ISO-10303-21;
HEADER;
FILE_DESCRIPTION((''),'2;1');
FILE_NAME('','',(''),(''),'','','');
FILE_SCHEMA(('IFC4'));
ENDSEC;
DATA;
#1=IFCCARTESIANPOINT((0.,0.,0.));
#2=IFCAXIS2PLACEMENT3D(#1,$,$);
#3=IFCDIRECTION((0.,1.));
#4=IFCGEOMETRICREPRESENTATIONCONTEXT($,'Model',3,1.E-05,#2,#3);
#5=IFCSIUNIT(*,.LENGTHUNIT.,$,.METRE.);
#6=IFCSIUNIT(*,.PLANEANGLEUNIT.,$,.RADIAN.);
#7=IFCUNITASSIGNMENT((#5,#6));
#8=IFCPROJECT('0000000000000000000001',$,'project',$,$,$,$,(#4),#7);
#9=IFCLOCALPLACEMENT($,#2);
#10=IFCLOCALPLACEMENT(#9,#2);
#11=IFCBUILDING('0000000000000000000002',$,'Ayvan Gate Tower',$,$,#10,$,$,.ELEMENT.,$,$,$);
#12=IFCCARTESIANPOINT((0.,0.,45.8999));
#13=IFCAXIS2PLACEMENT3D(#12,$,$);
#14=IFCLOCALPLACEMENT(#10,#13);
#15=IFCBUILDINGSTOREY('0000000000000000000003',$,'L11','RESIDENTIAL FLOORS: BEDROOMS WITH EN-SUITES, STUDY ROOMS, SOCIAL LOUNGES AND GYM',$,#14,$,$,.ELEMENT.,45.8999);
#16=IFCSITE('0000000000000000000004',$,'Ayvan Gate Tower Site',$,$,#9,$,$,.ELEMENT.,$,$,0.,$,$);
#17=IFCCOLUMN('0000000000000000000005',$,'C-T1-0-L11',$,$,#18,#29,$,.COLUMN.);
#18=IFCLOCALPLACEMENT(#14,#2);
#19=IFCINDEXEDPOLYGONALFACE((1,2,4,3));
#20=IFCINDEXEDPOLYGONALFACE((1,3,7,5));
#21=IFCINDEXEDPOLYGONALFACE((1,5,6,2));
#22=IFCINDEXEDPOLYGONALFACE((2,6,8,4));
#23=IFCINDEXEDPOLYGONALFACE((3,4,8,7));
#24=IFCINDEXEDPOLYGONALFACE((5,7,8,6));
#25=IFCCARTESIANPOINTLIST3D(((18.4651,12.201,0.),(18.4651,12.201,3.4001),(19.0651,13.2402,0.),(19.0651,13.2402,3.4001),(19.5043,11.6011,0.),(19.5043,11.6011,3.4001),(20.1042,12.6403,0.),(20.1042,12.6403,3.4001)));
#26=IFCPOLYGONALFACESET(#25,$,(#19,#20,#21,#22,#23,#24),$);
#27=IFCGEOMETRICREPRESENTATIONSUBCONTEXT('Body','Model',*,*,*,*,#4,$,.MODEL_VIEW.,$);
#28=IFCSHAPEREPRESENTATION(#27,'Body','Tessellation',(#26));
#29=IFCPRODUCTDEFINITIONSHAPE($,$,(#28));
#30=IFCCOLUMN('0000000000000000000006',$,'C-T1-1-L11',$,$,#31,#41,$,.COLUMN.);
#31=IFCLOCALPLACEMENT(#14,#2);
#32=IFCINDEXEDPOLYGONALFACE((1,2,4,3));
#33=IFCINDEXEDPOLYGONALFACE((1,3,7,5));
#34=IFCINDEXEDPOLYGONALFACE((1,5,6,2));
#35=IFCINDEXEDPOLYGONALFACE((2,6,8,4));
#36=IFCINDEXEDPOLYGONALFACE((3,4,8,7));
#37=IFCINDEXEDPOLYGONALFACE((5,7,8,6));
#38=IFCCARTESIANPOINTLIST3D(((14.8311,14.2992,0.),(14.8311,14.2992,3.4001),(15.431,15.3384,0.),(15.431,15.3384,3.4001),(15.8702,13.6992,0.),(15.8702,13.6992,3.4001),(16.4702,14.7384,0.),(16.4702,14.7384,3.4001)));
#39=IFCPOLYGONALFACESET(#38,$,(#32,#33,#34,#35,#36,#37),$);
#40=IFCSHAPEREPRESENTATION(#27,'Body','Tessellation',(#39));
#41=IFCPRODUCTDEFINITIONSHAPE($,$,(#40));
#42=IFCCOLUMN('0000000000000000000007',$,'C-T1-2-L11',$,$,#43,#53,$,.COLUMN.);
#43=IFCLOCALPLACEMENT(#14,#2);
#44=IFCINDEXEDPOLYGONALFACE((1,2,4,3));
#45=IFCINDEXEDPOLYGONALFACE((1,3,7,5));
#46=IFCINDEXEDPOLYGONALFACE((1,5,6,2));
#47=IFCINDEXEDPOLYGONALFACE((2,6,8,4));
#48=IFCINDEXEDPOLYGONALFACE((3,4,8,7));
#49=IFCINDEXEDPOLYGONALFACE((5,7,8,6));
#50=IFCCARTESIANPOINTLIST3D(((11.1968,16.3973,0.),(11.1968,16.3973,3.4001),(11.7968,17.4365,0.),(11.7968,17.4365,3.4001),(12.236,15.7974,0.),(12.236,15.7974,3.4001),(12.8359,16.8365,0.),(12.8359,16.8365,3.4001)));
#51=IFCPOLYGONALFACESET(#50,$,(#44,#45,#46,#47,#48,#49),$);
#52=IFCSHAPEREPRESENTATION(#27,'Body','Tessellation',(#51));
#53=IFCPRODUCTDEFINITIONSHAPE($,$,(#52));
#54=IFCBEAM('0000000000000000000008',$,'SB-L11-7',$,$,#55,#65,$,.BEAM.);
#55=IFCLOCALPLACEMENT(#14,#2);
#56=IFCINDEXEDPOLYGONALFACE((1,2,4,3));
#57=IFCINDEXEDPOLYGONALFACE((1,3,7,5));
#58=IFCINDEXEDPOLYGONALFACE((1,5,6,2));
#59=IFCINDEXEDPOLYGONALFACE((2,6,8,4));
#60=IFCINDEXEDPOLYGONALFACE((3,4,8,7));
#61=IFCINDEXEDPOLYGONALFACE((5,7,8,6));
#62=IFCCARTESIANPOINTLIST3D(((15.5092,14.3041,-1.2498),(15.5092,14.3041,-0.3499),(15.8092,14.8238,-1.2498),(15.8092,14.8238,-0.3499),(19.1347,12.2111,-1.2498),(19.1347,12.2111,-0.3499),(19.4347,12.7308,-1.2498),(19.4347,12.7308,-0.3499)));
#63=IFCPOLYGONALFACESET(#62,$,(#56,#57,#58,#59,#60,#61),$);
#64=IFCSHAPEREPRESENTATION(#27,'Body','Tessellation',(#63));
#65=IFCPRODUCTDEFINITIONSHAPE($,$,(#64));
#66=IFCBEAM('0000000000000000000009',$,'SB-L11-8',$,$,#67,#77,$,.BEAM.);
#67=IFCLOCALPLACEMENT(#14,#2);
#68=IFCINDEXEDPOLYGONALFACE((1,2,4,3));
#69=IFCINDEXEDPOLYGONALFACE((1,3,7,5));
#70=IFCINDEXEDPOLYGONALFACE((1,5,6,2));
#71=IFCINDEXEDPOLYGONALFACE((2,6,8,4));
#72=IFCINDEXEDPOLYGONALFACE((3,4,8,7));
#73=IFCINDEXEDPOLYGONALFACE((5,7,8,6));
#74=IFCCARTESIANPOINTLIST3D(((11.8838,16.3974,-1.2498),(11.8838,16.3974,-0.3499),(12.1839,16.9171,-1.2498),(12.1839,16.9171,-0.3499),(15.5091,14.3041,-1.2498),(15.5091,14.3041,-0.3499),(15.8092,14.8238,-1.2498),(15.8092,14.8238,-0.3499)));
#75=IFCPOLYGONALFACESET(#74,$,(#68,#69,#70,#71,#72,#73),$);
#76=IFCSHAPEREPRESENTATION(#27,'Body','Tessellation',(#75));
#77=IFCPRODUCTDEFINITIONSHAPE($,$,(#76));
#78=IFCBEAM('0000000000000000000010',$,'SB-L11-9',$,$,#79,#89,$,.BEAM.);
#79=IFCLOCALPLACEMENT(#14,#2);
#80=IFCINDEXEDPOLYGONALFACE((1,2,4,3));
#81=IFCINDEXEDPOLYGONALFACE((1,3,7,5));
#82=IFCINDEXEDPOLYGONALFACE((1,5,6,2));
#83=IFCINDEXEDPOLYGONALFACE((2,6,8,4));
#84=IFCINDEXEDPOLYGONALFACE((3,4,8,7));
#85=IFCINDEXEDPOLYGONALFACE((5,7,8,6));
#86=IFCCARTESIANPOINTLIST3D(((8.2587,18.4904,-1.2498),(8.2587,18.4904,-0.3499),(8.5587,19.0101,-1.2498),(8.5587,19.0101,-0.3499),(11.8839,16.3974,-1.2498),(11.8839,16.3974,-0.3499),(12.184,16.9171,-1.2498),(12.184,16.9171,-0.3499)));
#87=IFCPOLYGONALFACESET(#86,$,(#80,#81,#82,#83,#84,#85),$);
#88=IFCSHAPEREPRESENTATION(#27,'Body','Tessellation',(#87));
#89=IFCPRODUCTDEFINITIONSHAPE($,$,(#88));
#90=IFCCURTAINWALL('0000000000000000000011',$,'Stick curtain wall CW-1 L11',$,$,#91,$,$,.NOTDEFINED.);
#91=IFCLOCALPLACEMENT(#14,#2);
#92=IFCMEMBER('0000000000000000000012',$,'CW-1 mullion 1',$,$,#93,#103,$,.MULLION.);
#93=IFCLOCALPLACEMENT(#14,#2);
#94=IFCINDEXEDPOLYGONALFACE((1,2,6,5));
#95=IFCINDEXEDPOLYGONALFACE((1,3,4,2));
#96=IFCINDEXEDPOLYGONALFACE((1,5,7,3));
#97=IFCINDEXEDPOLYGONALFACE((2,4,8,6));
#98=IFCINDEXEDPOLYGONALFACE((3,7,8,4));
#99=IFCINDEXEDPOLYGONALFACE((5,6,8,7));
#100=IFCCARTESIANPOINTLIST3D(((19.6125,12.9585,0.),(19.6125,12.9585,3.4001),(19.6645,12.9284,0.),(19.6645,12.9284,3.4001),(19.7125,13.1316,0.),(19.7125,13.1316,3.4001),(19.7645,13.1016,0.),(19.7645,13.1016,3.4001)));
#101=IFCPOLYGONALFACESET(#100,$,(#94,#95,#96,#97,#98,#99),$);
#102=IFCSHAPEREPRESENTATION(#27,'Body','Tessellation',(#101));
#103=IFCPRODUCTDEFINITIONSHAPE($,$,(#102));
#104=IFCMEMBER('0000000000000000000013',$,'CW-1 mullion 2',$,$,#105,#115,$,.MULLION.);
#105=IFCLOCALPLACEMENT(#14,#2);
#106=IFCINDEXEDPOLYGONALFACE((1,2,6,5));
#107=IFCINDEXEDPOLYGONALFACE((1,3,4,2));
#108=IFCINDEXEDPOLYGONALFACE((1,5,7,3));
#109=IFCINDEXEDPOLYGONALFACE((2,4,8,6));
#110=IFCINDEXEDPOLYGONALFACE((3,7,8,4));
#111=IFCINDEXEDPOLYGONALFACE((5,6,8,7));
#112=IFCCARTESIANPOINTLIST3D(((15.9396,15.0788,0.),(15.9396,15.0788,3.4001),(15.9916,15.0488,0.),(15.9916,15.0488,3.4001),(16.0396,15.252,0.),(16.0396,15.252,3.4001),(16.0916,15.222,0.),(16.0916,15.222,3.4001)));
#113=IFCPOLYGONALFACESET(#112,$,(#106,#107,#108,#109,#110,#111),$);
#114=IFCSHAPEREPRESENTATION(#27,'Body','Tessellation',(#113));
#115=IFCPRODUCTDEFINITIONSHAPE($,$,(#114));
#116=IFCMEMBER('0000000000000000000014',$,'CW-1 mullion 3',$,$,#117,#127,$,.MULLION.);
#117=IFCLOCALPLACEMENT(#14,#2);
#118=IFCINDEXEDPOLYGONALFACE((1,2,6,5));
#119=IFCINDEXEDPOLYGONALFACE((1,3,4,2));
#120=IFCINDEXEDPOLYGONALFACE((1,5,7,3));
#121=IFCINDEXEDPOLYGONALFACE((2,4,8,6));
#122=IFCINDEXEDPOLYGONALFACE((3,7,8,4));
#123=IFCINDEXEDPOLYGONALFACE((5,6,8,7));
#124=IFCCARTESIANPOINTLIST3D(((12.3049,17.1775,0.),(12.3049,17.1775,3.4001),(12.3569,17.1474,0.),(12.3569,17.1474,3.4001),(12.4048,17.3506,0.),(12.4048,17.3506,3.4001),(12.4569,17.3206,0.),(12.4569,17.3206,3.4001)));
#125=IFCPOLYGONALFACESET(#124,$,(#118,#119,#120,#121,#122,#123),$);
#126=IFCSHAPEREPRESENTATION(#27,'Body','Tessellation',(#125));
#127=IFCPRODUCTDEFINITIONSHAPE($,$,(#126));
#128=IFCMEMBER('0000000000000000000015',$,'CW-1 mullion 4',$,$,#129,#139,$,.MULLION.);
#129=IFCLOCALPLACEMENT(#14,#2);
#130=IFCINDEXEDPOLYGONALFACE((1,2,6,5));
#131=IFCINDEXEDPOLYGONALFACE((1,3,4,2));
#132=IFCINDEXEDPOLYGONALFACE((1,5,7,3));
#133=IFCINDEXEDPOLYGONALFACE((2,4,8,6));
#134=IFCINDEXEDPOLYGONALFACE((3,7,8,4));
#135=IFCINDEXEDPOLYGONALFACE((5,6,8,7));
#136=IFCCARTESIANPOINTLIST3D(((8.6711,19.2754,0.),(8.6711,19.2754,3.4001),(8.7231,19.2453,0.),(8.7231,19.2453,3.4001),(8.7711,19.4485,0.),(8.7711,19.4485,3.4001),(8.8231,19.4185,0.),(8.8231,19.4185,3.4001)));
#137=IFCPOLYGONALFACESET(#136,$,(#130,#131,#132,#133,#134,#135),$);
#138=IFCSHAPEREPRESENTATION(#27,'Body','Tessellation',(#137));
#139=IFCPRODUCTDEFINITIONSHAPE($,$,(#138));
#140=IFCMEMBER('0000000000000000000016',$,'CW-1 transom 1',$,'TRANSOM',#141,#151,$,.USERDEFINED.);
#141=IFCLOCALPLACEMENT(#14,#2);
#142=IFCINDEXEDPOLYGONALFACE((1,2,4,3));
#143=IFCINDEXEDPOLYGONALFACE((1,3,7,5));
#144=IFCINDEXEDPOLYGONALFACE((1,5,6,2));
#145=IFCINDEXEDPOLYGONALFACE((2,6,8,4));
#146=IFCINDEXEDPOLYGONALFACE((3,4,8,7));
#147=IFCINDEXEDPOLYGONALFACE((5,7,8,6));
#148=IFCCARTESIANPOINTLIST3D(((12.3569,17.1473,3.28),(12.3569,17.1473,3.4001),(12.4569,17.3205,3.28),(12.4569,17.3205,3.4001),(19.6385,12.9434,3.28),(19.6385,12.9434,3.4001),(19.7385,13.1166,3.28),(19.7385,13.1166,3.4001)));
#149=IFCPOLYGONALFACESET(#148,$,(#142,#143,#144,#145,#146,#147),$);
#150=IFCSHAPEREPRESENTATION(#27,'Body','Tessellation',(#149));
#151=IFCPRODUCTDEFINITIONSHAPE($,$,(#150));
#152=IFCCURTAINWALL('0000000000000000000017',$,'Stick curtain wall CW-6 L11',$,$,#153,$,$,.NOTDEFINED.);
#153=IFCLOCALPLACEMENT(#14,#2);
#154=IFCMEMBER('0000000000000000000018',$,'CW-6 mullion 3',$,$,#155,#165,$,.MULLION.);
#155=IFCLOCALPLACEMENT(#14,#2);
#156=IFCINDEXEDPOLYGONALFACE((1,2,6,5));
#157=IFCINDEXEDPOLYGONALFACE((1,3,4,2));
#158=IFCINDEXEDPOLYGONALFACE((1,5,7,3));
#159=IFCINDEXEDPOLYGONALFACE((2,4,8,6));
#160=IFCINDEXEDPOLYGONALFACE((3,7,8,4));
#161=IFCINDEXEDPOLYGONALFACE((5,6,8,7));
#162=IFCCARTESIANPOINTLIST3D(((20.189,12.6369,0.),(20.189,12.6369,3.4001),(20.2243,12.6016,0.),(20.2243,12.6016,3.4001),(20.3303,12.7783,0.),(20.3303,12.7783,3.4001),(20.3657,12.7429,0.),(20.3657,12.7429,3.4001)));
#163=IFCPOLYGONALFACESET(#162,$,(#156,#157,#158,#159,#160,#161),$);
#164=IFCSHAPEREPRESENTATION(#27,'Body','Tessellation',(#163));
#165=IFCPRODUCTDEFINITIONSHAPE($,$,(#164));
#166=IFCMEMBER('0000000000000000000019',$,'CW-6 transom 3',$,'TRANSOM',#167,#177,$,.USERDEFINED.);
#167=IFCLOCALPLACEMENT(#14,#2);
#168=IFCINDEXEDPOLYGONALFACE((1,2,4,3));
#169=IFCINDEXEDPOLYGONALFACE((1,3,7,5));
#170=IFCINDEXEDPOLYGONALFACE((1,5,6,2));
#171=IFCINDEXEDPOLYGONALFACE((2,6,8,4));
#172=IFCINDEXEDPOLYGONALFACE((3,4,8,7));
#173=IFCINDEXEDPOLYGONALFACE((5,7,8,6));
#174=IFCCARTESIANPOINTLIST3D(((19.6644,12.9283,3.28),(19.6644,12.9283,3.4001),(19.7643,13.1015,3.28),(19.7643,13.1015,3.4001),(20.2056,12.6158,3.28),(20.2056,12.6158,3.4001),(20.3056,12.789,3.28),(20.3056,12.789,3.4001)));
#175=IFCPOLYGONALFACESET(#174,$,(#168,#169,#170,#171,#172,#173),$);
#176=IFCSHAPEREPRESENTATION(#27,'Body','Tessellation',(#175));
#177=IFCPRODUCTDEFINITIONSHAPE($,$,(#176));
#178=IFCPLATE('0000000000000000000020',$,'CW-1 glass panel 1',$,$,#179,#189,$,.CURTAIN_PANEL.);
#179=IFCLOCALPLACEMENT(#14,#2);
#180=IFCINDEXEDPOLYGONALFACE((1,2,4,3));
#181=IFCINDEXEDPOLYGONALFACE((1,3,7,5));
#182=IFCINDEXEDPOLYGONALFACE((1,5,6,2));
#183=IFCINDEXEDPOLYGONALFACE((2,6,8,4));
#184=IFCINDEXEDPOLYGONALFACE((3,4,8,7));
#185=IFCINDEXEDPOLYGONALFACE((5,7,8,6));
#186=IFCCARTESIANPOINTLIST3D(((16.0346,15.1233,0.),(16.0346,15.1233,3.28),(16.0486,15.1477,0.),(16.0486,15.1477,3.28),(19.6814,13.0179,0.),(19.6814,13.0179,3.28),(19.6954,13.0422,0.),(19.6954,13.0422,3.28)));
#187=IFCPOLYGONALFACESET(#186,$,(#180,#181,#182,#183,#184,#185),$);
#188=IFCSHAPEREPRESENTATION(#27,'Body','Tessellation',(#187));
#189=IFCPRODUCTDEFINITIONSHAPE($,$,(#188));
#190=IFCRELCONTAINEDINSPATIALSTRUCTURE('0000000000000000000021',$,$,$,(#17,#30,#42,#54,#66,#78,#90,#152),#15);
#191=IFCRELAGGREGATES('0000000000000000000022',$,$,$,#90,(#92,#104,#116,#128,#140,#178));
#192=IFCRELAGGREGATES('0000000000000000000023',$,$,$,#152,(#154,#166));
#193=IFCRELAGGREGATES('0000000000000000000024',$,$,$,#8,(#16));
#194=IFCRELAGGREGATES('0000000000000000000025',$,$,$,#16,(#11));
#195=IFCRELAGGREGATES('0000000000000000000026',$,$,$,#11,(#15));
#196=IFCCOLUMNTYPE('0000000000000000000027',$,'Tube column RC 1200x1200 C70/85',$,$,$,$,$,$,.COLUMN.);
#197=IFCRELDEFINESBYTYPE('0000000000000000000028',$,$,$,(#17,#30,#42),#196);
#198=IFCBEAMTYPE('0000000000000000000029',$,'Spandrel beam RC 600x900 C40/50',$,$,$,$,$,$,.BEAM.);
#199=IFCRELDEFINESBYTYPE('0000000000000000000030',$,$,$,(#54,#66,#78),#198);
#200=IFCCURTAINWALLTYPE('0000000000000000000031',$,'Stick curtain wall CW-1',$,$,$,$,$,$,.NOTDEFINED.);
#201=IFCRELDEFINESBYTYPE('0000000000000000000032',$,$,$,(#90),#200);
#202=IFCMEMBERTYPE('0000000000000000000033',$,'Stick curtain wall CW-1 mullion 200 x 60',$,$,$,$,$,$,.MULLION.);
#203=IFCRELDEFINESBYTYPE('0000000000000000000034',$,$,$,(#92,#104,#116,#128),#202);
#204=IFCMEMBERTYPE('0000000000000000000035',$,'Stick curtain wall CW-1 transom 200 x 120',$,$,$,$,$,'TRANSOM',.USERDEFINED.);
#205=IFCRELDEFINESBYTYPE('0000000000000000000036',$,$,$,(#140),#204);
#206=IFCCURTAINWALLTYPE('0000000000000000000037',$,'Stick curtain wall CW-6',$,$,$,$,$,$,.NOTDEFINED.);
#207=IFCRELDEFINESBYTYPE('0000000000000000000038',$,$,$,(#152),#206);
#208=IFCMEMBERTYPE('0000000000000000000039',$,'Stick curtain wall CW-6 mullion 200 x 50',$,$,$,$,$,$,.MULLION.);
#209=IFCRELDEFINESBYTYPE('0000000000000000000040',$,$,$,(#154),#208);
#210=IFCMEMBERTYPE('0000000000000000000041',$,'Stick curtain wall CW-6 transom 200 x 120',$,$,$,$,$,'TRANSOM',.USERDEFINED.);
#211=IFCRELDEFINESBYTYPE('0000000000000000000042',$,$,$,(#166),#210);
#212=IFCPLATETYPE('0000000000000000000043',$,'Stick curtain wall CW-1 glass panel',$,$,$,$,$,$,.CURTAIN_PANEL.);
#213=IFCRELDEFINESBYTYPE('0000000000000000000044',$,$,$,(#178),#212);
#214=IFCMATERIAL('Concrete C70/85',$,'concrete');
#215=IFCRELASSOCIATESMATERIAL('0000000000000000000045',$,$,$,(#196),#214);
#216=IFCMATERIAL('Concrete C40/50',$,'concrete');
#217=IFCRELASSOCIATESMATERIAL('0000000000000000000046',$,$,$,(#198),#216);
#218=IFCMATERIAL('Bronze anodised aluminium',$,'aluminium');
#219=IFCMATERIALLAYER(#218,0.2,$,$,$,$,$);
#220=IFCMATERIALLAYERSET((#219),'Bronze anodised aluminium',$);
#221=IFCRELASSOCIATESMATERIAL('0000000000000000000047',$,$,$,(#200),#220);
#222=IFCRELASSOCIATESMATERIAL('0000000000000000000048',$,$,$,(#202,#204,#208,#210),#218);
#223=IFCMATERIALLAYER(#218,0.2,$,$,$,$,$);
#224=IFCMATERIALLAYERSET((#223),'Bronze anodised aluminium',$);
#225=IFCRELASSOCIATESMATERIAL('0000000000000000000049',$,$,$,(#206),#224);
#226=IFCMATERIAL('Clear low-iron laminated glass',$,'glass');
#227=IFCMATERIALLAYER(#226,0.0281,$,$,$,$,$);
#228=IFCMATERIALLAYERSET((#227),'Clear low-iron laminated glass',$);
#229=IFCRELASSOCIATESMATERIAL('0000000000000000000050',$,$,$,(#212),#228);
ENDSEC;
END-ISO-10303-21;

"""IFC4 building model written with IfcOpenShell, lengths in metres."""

from ifc_helpers import new_model, si_unit, direction, frame, origin, origin_2d, place, context, subcontext, project, spatial, rectangle, extrude, material, layer, layer_set, material_profile, profile_set, type_object, element, aggregate, save


model = new_model("IFC4")

# Units and contexts
model_context = context("Model", 3, precision=1e-05, world=origin(), true_north=direction((0.0, 1.0)))
body_context = subcontext(model_context, "Body", "Model", "MODEL_VIEW")
ifc_project = project(units=[si_unit("LENGTHUNIT", "METRE"), si_unit("PLANEANGLEUNIT", "RADIAN")], contexts=[model_context])

# Site, building, storey
site_placement = place(None, origin())
site = spatial("IfcSite", under=ifc_project, at=site_placement, Name="Ayvan Gate Tower Site", CompositionType="ELEMENT", RefElevation=0.0)
building_placement = place(site_placement, origin())
building = spatial("IfcBuilding", under=site, at=building_placement, Name="Ayvan Gate Tower", CompositionType="ELEMENT")
storey_placement = place(building_placement, frame((0.0, 0.0, 45.8999)))
storey = spatial("IfcBuildingStorey", under=building, at=storey_placement, Name="L11", Description="RESIDENTIAL FLOORS: BEDROOMS WITH EN-SUITES, STUDY ROOMS, SOCIAL LOUNGES AND GYM", CompositionType="ELEMENT", Elevation=45.8999)

# Columns
ifc_material_1 = material(Name="Concrete C70/85", Category="concrete")
ifc_material_profile_1 = material_profile(ifc_material_1, rectangle(XDim=1.2, YDim=1.2, at=origin_2d()), Name="RC 1200x1200")
ifc_profile_set_1 = profile_set([ifc_material_profile_1], Name="Concrete C70/85")
column_type = type_object("IfcColumnType", Name="Tube column RC 1200x1200 C70/85", PredefinedType="COLUMN", material=ifc_profile_set_1)
for number, where, z_axis, x_axis, name in (
    (1, (19.2847, 12.4207, 0.0), (0.0, 0.0, 1.0), (0.5, 0.866025, 0.0), "C-T1-0-L11"),
    (2, (15.6506, 14.5188, 0.0), (0.0, 0.0, 1.0), (0.5, 0.866025, 0.0), "C-T1-1-L11"),
    (3, (12.0164, 16.6169, 0.0), (0.0, 0.0, 1.0), (0.5, 0.866025, 0.0), "C-T1-2-L11"),
):
    element("IfcColumn", number, at=place(storey_placement, frame(where, z_axis=z_axis, x_axis=x_axis)), inside=storey, type_object=column_type, Name=name, PredefinedType="COLUMN", context=body_context, shape_type="SweptSolid", body=[
        extrude(rectangle(XDim=1.2, YDim=1.2, at=origin_2d()), origin(), (0.0, 0.0, 1.0), 3.4001),
    ])

# Beams
ifc_material_2 = material(Name="Concrete C40/50", Category="concrete")
ifc_material_profile_2 = material_profile(ifc_material_2, rectangle(XDim=0.6001, YDim=0.8999, at=origin_2d()), Name="RC 600x900")
ifc_profile_set_2 = profile_set([ifc_material_profile_2], Name="Concrete C40/50")
beam_type = type_object("IfcBeamType", Name="Spandrel beam RC 600x900 C40/50", PredefinedType="BEAM", material=ifc_profile_set_2)
for number, where, z_axis, x_axis, name in (
    (4, (19.2847, 12.4709, -0.7998), (-0.866042, 0.499972, 0.0), (-0.499972, -0.866042, 0.0), "SB-L11-7"),
    (5, (15.6592, 14.564, -0.7998), (-0.866002, 0.50004, 0.0), (-0.50004, -0.866002, 0.0), "SB-L11-8"),
):
    element("IfcBeam", number, at=place(storey_placement, frame(where, z_axis=z_axis, x_axis=x_axis)), inside=storey, type_object=beam_type, Name=name, PredefinedType="BEAM", context=body_context, shape_type="SweptSolid", body=[
        extrude(rectangle(XDim=0.6001, YDim=0.8999, at=origin_2d()), origin(), (0.0, 0.0, 1.0), 4.1863),
    ])
beam_placement = place(storey_placement, frame((12.0339, 16.6572, -0.7998), z_axis=(-0.866027, 0.499997, 0.0), x_axis=(-0.499997, -0.866027, 0.0)))
element("IfcBeam", 6, at=beam_placement, inside=storey, type_object=beam_type, Name="SB-L11-9", PredefinedType="BEAM", context=body_context, shape_type="SweptSolid", body=[
    extrude(rectangle(XDim=0.6001, YDim=0.8999, at=origin_2d()), origin(), (0.0, 0.0, 1.0), 4.186),
])

# Curtain walls, members
ifc_material_3 = material(Name="Bronze anodised aluminium", Category="aluminium")
ifc_layer_1 = layer(ifc_material_3, 0.2)
ifc_layer_set_1 = layer_set([ifc_layer_1], Name="Bronze anodised aluminium")
curtain_wall_type_1 = type_object("IfcCurtainWallType", Name="Stick curtain wall CW-1", PredefinedType="NOTDEFINED", material=ifc_layer_set_1)
curtain_wall_1_placement = place(storey_placement, origin())
curtain_wall_1 = element("IfcCurtainWall", 7, at=curtain_wall_1_placement, inside=storey, type_object=curtain_wall_type_1, Name="Stick curtain wall CW-1 L11", PredefinedType="NOTDEFINED")
ifc_material_profile_3 = material_profile(ifc_material_3, rectangle(XDim=0.2, YDim=0.0601, at=origin_2d()), Name="Stick curtain wall CW-1 mullion 200 x 60")
ifc_profile_set_3 = profile_set([ifc_material_profile_3], Name="Bronze anodised aluminium")
member_type_1 = type_object("IfcMemberType", Name="Stick curtain wall CW-1 mullion 200 x 60", PredefinedType="MULLION", material=ifc_profile_set_3)
member_1_placement = place(storey_placement, frame((19.6885, 13.03, 0.0), z_axis=(0.0, 0.0, 1.0), x_axis=(0.5, 0.866025, 0.0)))
member_1 = element("IfcMember", 8, at=member_1_placement, type_object=member_type_1, Name="CW-1 mullion 1", PredefinedType="MULLION", context=body_context, shape_type="SweptSolid", body=[
    extrude(rectangle(XDim=0.2, YDim=0.0601, at=origin_2d()), origin(), (0.0, 0.0, 1.0), 3.4001),
])
member_2_placement = place(storey_placement, frame((16.0156, 15.1504, 0.0), z_axis=(0.0, 0.0, 1.0), x_axis=(0.5, 0.866025, 0.0)))
member_2 = element("IfcMember", 9, at=member_2_placement, type_object=member_type_1, Name="CW-1 mullion 2", PredefinedType="MULLION", context=body_context, shape_type="SweptSolid", body=[
    extrude(rectangle(XDim=0.2, YDim=0.0601, at=origin_2d()), origin(), (0.0, 0.0, 1.0), 3.4001),
])
member_3_placement = place(storey_placement, frame((12.3809, 17.249, 0.0), z_axis=(0.0, 0.0, 1.0), x_axis=(0.5, 0.866025, 0.0)))
member_3 = element("IfcMember", 10, at=member_3_placement, type_object=member_type_1, Name="CW-1 mullion 3", PredefinedType="MULLION", context=body_context, shape_type="SweptSolid", body=[
    extrude(rectangle(XDim=0.2, YDim=0.0601, at=origin_2d()), origin(), (0.0, 0.0, 1.0), 3.4001),
])
member_4_placement = place(storey_placement, frame((8.7471, 19.3469, 0.0), z_axis=(0.0, 0.0, 1.0), x_axis=(0.5, 0.866025, 0.0)))
member_4 = element("IfcMember", 11, at=member_4_placement, type_object=member_type_1, Name="CW-1 mullion 4", PredefinedType="MULLION", context=body_context, shape_type="SweptSolid", body=[
    extrude(rectangle(XDim=0.2, YDim=0.0601, at=origin_2d()), origin(), (0.0, 0.0, 1.0), 3.4001),
])
ifc_material_profile_4 = material_profile(ifc_material_3, rectangle(XDim=0.2, YDim=0.1201, at=origin_2d()), Name="Stick curtain wall CW-1 transom 200 x 120")
ifc_profile_set_4 = profile_set([ifc_material_profile_4], Name="Bronze anodised aluminium")
member_type_2 = type_object("IfcMemberType", Name="Stick curtain wall CW-1 transom 200 x 120", ElementType="TRANSOM", PredefinedType="USERDEFINED", material=ifc_profile_set_4)
member_5_placement = place(storey_placement, frame((19.6885, 13.03, 3.3401), z_axis=(-0.866031, 0.49999, 0.0), x_axis=(-0.49999, -0.866031, 0.0)))
member_5 = element("IfcMember", 12, at=member_5_placement, type_object=member_type_2, Name="CW-1 transom 1", ObjectType="TRANSOM", PredefinedType="USERDEFINED", context=body_context, shape_type="SweptSolid", body=[
    extrude(rectangle(XDim=0.2, YDim=0.1201, at=origin_2d()), origin(), (0.0, 0.0, 1.0), 8.408),
])
ifc_layer_2 = layer(ifc_material_3, 0.2)
ifc_layer_set_2 = layer_set([ifc_layer_2], Name="Bronze anodised aluminium")
curtain_wall_type_2 = type_object("IfcCurtainWallType", Name="Stick curtain wall CW-6", PredefinedType="NOTDEFINED", material=ifc_layer_set_2)
curtain_wall_2_placement = place(storey_placement, origin())
curtain_wall_2 = element("IfcCurtainWall", 13, at=curtain_wall_2_placement, inside=storey, type_object=curtain_wall_type_2, Name="Stick curtain wall CW-6 L11", PredefinedType="NOTDEFINED")
ifc_material_profile_5 = material_profile(ifc_material_3, rectangle(XDim=0.2, YDim=0.05, at=origin_2d()), Name="Stick curtain wall CW-6 mullion 200 x 50")
ifc_profile_set_5 = profile_set([ifc_material_profile_5], Name="Bronze anodised aluminium")
member_type_3 = type_object("IfcMemberType", Name="Stick curtain wall CW-6 mullion 200 x 50", PredefinedType="MULLION", material=ifc_profile_set_5)
member_6_placement = place(storey_placement, frame((20.2773, 12.6899, 0.0), z_axis=(0.0, 0.0, 1.0), x_axis=(0.707107, 0.707107, 0.0)))
member_6 = element("IfcMember", 14, at=member_6_placement, type_object=member_type_3, Name="CW-6 mullion 3", PredefinedType="MULLION", context=body_context, shape_type="SweptSolid", body=[
    extrude(rectangle(XDim=0.2, YDim=0.05, at=origin_2d()), origin(), (0.0, 0.0, 1.0), 3.4001),
])
ifc_material_profile_6 = material_profile(ifc_material_3, rectangle(XDim=0.2, YDim=0.1201, at=origin_2d()), Name="Stick curtain wall CW-6 transom 200 x 120")
ifc_profile_set_6 = profile_set([ifc_material_profile_6], Name="Bronze anodised aluminium")
member_type_4 = type_object("IfcMemberType", Name="Stick curtain wall CW-6 transom 200 x 120", ElementType="TRANSOM", PredefinedType="USERDEFINED", material=ifc_profile_set_6)
member_7_placement = place(storey_placement, frame((20.2556, 12.7024, 3.3401), z_axis=(-0.866023, 0.500004, 0.0), x_axis=(-0.500004, -0.866023, 0.0)))
member_7 = element("IfcMember", 15, at=member_7_placement, type_object=member_type_4, Name="CW-6 transom 3", ObjectType="TRANSOM", PredefinedType="USERDEFINED", context=body_context, shape_type="SweptSolid", body=[
    extrude(rectangle(XDim=0.2, YDim=0.1201, at=origin_2d()), origin(), (0.0, 0.0, 1.0), 0.625),
])

# Plate
ifc_material_4 = material(Name="Clear low-iron laminated glass", Category="glass")
ifc_layer_3 = layer(ifc_material_4, 0.0281)
ifc_layer_set_3 = layer_set([ifc_layer_3], Name="Clear low-iron laminated glass")
plate_type_1 = type_object("IfcPlateType", Name="Stick curtain wall CW-1 glass panel", PredefinedType="CURTAIN_PANEL", material=ifc_layer_set_3)
plate_1_placement = place(storey_placement, frame((17.865, 14.0828, 0.0), z_axis=(0.0, 0.0, 1.0), x_axis=(-0.866025, 0.5, 0.0)))
plate_1 = element("IfcPlate", 16, at=plate_1_placement, type_object=plate_type_1, Name="CW-1 glass panel 1", PredefinedType="CURTAIN_PANEL", context=body_context, shape_type="SweptSolid", body=[
    extrude(rectangle(XDim=4.2109, YDim=0.0281, at=origin_2d()), origin(), (0.0, 0.0, 1.0), 3.28),
])
aggregate(curtain_wall_1, [member_1, member_2, member_3, member_4, member_5, plate_1])
aggregate(curtain_wall_2, [member_6, member_7])

save(model, "model.ifc")
